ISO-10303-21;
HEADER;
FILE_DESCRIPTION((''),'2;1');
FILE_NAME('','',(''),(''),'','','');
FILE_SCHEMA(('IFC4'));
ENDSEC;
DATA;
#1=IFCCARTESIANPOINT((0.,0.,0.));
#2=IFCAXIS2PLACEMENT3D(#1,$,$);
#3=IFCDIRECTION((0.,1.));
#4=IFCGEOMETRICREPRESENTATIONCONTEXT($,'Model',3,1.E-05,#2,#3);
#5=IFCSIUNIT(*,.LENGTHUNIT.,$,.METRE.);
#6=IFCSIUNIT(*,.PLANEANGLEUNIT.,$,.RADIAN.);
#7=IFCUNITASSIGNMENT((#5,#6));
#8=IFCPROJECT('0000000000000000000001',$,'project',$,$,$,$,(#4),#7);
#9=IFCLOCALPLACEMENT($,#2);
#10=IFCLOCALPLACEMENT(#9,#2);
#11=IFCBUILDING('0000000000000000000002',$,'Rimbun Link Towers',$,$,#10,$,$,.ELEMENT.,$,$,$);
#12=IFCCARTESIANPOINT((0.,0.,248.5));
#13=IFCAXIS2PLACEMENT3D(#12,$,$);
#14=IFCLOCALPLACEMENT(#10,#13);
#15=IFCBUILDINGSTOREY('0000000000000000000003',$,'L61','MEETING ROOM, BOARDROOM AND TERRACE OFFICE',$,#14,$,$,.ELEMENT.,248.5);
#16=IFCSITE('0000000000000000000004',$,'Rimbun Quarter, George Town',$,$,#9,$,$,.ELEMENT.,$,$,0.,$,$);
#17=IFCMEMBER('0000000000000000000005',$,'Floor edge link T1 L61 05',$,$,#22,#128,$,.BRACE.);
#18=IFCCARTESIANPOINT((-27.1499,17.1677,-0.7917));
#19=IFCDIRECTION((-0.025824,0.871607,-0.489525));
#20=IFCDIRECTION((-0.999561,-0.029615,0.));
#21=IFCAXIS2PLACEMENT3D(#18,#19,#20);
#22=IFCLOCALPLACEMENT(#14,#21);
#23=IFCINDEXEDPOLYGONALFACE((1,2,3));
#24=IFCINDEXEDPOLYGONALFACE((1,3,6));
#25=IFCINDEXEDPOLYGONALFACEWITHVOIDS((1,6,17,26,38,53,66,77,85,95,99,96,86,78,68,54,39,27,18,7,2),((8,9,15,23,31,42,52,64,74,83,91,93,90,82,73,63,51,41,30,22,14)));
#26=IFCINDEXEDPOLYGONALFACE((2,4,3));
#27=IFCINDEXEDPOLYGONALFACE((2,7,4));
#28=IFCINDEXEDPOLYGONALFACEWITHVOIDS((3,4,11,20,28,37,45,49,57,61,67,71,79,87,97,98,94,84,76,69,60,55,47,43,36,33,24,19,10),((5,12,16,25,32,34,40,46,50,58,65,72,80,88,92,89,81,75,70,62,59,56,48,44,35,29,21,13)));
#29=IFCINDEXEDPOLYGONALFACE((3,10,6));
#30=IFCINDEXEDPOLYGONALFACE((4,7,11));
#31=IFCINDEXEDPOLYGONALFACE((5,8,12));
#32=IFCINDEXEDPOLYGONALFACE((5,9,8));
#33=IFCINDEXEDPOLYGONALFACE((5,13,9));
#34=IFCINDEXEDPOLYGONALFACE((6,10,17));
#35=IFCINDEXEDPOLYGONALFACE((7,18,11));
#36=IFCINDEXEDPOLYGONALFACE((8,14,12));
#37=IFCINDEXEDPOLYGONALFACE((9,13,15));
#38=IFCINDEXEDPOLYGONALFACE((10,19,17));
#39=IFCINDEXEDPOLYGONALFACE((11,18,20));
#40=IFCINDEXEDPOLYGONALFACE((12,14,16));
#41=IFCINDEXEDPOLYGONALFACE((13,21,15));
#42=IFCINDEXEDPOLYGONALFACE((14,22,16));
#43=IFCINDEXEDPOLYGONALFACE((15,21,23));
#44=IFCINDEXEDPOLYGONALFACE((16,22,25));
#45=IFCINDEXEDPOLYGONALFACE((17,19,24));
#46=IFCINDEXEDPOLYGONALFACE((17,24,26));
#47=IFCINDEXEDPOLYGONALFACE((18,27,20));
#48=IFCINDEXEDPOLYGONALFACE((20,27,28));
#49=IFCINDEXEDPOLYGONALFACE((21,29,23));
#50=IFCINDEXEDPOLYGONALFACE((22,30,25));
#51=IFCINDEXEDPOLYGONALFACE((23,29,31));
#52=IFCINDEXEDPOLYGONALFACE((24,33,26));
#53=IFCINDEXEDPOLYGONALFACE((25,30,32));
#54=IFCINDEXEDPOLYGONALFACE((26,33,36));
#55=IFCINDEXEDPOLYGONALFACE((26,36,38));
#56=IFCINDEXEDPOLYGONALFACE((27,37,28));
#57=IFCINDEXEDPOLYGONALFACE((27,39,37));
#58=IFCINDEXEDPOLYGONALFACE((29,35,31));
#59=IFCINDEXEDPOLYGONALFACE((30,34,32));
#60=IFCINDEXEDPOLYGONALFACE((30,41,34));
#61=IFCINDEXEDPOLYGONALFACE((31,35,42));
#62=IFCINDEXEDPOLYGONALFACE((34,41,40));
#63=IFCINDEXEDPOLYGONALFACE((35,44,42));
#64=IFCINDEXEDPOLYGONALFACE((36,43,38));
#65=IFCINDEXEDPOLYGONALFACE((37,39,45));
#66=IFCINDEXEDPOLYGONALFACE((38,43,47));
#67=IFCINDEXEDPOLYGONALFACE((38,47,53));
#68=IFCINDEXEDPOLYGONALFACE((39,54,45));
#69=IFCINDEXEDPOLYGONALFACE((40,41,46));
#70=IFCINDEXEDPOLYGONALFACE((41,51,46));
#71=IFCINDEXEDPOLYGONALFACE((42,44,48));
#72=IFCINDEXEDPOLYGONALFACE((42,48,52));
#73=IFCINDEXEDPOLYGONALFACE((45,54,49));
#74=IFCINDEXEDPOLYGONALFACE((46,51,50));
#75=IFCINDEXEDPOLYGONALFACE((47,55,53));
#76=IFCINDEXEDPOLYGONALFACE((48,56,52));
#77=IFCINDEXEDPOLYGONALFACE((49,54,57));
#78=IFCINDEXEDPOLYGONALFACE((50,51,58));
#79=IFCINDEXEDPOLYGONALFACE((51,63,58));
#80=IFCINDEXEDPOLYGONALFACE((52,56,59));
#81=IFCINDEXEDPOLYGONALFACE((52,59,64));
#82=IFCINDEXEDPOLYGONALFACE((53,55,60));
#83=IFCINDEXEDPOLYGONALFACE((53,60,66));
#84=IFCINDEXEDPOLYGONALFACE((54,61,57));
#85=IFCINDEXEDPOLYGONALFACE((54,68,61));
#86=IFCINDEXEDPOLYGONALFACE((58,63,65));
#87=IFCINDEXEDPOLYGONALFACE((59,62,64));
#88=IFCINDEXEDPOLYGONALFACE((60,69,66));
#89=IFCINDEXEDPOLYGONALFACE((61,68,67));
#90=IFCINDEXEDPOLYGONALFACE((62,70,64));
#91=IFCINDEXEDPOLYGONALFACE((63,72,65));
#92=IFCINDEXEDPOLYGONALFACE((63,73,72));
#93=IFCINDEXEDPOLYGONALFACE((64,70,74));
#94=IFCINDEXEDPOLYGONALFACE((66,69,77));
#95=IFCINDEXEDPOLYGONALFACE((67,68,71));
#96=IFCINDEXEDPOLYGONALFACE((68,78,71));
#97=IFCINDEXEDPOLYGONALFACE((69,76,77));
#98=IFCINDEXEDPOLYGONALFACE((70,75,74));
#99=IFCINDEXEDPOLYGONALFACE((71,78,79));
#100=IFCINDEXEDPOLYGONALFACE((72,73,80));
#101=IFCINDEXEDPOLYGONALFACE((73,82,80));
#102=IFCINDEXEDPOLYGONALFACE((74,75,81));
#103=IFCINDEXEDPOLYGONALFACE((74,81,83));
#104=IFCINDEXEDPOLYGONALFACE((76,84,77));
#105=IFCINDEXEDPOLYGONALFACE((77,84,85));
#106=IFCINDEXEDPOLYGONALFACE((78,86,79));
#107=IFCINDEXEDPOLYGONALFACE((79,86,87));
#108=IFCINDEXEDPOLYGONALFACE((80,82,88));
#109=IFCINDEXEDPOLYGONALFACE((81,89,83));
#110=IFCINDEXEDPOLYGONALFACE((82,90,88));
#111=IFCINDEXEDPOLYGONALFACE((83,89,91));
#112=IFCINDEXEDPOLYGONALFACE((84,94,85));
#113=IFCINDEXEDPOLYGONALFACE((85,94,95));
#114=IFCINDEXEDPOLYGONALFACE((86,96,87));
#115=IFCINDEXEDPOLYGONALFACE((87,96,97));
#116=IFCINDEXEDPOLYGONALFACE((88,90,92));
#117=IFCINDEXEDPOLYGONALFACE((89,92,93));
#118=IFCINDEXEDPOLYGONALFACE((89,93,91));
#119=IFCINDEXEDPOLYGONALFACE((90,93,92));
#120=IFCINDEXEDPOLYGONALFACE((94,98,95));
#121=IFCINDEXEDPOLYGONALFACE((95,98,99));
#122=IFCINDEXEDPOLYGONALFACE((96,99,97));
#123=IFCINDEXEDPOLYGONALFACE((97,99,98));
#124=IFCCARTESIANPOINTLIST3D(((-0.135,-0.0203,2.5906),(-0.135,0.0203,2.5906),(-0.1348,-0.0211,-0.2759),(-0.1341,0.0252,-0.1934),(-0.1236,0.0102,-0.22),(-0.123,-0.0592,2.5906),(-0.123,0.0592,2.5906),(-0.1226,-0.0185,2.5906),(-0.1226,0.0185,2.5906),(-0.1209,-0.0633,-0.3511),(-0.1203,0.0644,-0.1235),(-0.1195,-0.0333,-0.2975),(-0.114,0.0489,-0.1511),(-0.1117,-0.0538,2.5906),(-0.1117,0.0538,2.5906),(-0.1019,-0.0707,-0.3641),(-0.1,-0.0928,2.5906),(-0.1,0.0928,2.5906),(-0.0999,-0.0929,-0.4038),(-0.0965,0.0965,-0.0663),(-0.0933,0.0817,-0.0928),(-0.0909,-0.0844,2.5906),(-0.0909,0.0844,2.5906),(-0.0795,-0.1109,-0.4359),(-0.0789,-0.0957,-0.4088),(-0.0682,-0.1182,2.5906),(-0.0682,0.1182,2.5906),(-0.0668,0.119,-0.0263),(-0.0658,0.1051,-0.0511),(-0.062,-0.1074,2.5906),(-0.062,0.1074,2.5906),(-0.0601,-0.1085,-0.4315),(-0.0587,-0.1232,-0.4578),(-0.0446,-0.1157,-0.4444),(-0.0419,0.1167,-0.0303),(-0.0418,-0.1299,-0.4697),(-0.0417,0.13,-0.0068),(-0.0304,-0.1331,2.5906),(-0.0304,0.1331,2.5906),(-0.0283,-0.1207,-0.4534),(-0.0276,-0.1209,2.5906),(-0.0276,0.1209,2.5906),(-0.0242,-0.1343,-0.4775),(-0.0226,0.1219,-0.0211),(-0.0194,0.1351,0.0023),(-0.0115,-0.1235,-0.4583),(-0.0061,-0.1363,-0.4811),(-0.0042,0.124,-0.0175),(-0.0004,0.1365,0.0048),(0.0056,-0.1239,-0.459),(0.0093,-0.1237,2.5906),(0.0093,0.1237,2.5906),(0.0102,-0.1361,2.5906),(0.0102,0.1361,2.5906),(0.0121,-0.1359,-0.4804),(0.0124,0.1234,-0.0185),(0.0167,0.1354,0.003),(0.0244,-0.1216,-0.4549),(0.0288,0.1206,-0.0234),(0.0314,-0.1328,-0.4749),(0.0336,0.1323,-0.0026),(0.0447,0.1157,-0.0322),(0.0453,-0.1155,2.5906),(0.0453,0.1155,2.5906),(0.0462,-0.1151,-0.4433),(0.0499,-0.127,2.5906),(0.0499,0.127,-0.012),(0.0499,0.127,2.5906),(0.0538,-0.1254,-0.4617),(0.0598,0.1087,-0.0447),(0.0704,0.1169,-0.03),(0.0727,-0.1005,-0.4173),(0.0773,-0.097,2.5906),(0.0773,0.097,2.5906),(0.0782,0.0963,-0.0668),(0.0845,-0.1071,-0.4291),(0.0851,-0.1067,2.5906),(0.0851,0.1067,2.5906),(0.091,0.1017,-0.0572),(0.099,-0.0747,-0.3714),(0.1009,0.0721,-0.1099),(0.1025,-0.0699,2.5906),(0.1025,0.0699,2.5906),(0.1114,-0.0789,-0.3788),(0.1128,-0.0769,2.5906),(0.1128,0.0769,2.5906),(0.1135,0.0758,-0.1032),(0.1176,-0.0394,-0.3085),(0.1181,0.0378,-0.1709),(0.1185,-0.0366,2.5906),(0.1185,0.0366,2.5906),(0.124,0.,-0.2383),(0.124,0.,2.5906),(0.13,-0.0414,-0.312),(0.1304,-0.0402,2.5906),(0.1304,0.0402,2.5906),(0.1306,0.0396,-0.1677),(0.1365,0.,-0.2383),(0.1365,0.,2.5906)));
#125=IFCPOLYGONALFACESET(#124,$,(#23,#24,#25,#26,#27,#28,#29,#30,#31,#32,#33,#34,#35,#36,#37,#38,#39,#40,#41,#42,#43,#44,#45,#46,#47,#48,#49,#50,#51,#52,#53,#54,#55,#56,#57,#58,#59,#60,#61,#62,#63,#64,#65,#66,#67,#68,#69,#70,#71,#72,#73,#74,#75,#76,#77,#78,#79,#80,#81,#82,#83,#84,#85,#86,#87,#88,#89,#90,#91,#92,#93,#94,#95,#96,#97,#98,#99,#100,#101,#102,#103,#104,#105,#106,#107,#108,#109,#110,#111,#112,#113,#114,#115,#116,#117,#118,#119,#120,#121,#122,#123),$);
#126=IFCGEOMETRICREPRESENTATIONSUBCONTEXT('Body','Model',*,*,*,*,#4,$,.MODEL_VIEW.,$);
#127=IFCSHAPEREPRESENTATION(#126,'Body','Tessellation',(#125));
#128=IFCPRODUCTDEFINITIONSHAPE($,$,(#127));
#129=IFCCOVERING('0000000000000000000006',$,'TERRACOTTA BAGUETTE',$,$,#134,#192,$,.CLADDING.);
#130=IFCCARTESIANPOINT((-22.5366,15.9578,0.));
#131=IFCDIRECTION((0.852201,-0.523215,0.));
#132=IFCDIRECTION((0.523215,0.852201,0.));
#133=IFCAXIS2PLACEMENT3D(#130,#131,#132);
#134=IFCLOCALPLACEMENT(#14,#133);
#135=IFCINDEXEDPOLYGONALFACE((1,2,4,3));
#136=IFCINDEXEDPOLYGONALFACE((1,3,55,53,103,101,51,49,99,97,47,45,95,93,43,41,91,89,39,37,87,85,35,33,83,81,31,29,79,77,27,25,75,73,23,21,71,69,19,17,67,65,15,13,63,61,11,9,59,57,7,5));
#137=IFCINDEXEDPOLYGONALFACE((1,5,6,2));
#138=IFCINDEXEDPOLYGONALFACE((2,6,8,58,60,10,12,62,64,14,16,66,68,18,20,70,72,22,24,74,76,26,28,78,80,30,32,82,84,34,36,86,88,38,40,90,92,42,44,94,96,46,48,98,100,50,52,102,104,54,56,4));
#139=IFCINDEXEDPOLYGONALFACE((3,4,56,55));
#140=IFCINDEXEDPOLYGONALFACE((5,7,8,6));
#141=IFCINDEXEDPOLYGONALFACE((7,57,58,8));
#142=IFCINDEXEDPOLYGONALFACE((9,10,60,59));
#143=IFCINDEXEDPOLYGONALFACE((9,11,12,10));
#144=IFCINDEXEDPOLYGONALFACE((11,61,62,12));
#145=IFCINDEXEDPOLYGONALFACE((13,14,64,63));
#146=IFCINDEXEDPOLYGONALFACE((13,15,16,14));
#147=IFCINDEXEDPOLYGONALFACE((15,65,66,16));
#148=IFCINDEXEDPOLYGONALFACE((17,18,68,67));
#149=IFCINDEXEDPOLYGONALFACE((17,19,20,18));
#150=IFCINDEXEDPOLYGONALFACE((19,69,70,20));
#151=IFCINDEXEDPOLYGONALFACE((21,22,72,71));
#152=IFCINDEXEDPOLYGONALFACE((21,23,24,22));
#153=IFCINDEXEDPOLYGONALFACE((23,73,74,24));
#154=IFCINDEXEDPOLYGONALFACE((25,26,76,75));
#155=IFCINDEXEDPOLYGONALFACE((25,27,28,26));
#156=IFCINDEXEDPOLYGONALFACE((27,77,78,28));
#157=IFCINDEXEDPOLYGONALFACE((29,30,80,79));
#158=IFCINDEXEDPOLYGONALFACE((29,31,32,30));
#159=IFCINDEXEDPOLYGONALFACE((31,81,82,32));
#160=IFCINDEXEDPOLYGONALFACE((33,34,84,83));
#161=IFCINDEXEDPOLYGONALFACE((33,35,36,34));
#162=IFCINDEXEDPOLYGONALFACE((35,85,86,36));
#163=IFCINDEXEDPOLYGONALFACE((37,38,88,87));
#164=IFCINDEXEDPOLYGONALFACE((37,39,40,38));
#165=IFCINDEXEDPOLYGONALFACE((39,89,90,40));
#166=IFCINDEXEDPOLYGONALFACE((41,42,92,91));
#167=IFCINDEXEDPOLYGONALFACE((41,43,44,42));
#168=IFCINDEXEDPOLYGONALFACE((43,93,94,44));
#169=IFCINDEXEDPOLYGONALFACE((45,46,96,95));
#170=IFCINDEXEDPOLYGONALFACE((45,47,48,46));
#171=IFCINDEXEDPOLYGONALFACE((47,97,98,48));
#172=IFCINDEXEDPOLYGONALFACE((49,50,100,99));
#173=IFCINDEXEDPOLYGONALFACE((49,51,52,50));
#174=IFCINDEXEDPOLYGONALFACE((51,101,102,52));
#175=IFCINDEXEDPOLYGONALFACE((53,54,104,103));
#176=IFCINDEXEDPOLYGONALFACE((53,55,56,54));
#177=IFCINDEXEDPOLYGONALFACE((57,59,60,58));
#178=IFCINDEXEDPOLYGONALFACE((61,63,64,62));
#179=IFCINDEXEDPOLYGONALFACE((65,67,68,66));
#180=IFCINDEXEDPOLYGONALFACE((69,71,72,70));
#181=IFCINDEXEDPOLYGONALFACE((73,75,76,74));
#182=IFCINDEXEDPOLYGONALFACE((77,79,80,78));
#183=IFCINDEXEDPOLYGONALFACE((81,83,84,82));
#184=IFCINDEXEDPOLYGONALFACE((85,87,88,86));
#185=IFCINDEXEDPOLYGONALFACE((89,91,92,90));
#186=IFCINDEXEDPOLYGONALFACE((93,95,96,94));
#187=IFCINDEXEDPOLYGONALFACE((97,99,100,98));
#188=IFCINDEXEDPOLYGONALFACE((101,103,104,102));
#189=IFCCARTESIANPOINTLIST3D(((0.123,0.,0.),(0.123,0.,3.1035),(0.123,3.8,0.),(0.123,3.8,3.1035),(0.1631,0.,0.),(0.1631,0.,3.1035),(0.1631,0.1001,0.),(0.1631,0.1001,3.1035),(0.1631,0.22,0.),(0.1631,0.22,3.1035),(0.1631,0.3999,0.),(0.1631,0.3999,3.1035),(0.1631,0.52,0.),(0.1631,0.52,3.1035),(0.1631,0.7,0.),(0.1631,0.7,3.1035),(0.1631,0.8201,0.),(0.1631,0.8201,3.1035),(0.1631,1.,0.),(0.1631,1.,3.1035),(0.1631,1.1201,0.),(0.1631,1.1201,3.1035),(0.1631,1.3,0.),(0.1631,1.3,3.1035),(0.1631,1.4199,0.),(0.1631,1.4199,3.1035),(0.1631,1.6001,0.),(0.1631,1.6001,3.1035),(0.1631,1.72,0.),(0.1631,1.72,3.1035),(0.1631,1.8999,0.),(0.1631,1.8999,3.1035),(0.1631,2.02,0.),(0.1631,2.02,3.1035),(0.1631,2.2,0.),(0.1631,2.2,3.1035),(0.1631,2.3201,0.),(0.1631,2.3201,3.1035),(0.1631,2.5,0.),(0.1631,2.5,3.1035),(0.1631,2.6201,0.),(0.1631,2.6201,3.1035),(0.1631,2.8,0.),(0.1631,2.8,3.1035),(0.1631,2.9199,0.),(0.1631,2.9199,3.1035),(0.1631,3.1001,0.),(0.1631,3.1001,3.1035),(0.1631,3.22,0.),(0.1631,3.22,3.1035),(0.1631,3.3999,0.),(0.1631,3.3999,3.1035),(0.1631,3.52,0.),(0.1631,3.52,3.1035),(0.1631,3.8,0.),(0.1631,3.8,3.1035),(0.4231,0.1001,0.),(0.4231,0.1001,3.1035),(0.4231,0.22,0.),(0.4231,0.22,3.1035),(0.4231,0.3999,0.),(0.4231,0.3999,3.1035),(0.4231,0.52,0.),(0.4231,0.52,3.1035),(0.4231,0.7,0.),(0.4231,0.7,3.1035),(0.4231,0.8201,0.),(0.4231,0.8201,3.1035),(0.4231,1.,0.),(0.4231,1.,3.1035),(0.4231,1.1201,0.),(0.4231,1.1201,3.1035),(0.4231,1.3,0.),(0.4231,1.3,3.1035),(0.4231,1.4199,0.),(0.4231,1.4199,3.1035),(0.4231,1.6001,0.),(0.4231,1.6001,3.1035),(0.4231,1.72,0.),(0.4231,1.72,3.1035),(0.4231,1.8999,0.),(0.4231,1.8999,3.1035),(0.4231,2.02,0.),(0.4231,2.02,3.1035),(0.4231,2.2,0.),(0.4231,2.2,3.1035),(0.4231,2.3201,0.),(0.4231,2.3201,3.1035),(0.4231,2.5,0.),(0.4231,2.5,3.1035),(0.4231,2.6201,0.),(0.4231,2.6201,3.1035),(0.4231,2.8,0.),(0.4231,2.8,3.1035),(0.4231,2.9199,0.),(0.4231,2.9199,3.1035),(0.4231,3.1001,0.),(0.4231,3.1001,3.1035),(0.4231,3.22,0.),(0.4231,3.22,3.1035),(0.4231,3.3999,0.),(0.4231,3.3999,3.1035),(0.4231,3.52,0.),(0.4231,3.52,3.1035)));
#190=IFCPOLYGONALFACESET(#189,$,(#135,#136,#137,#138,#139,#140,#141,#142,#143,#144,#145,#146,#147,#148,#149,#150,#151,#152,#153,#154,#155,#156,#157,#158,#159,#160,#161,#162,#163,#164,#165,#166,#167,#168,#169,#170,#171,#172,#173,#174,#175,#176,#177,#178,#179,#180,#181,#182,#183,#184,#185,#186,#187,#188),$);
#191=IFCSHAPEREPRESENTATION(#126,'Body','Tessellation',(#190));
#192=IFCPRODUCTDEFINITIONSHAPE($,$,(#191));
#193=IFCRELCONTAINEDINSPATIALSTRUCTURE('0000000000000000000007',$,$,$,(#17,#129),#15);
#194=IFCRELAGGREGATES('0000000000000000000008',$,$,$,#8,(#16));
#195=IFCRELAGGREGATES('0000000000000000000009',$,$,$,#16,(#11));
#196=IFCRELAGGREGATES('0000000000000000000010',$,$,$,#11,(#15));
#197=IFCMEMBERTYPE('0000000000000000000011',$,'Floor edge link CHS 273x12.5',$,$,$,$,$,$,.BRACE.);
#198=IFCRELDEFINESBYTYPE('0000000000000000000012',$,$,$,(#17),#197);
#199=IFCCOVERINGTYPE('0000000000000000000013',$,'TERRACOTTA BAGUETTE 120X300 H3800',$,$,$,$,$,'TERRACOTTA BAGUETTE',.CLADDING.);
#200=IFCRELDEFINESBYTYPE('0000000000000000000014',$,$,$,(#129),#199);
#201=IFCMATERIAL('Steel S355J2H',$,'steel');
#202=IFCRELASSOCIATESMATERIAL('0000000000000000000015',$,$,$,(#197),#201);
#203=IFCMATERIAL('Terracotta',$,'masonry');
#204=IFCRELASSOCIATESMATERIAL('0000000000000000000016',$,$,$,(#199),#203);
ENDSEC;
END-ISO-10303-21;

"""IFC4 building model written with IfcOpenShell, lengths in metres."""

from ifc_helpers import new_model, si_unit, direction, frame, origin, origin_2d, place, context, subcontext, project, spatial, polyline, hollow_circle, outline, extrude, clip, halfspace, material, material_profile, profile_set, type_object, element, save


model = new_model("IFC4")

# Units and contexts
model_context = context("Model", 3, precision=1e-05, world=origin(), true_north=direction((0.0, 1.0)))
body_context = subcontext(model_context, "Body", "Model", "MODEL_VIEW")
ifc_project = project(units=[si_unit("LENGTHUNIT", "METRE"), si_unit("PLANEANGLEUNIT", "RADIAN")], contexts=[model_context])

# Site, building, storey
site_placement = place(None, origin())
site = spatial("IfcSite", under=ifc_project, at=site_placement, Name="Rimbun Quarter, George Town", CompositionType="ELEMENT", RefElevation=0.0)
building_placement = place(site_placement, origin())
building = spatial("IfcBuilding", under=site, at=building_placement, Name="Rimbun Link Towers", CompositionType="ELEMENT")
storey_placement = place(building_placement, frame((0.0, 0.0, 248.5)))
storey = spatial("IfcBuildingStorey", under=building, at=storey_placement, Name="L61", Description="MEETING ROOM, BOARDROOM AND TERRACE OFFICE", CompositionType="ELEMENT", Elevation=248.5)

# Member
ifc_material_1 = material(Name="Steel S355J2H", Category="steel")
ifc_material_profile_1 = material_profile(ifc_material_1, hollow_circle(Radius=0.1365, WallThickness=0.0125, at=origin_2d()), Name="CHS 273x12.5")
ifc_profile_set_1 = profile_set([ifc_material_profile_1], Name="Steel S355J2H")
member_type_1 = type_object("IfcMemberType", Name="Floor edge link CHS 273x12.5", PredefinedType="BRACE", material=ifc_profile_set_1)
member_1_placement = place(storey_placement, frame((-27.1499, 17.1677, -0.7917), z_axis=(-0.025824, 0.871607, -0.489525), x_axis=(-0.999561, -0.029615, 0.0)))
element("IfcMember", 1, at=member_1_placement, inside=storey, type_object=member_type_1, Name="Floor edge link T1 L61 05", PredefinedType="BRACE", context=body_context, shape_type="Clipping", body=[
    clip(extrude(hollow_circle(Radius=0.1365, WallThickness=0.0125, at=origin_2d()), frame((0.0, 0.0, -0.5066)), (0.0, 0.0, 1.0), 3.0972), halfspace(frame((0.0, 0.0, -0.2383), z_axis=(0.0, 0.871989, -0.489525)), False)),
])

# Covering
ifc_material_2 = material(Name="Terracotta", Category="masonry")
ifc_material_profile_2 = material_profile(ifc_material_2, outline(polyline([(0.123, 0.0), (0.1631, 0.0), (0.1631, 0.1001), (0.4231, 0.1001), (0.4231, 0.22), (0.1631, 0.22), (0.1631, 0.3999), (0.4231, 0.3999), (0.4231, 0.52), (0.1631, 0.52), (0.1631, 0.7), (0.4231, 0.7), (0.4231, 0.8201), (0.1631, 0.8201), (0.1631, 1.0), (0.4231, 1.0), (0.4231, 1.1201), (0.1631, 1.1201), (0.1631, 1.3), (0.4231, 1.3), (0.4231, 1.4199), (0.1631, 1.4199), (0.1631, 1.6001), (0.4231, 1.6001), (0.4231, 1.72), (0.1631, 1.72), (0.1631, 1.8999), (0.4231, 1.8999), (0.4231, 2.02), (0.1631, 2.02), (0.1631, 2.2), (0.4231, 2.2), (0.4231, 2.3201), (0.1631, 2.3201), (0.1631, 2.5), (0.4231, 2.5), (0.4231, 2.6201), (0.1631, 2.6201), (0.1631, 2.8), (0.4231, 2.8), (0.4231, 2.9199), (0.1631, 2.9199), (0.1631, 3.1001), (0.4231, 3.1001), (0.4231, 3.22), (0.1631, 3.22), (0.1631, 3.3999), (0.4231, 3.3999), (0.4231, 3.52), (0.1631, 3.52), (0.1631, 3.8), (0.123, 3.8), (0.123, 0.0)])), Name="BAGUETTE 120X300")
ifc_profile_set_2 = profile_set([ifc_material_profile_2], Name="Terracotta")
covering_type = type_object("IfcCoveringType", Name="TERRACOTTA BAGUETTE 120X300 H3800", ElementType="TERRACOTTA BAGUETTE", PredefinedType="CLADDING", material=ifc_profile_set_2)
covering_1_placement = place(storey_placement, frame((-22.5366, 15.9578, 0.0), z_axis=(0.852201, -0.523215, 0.0), x_axis=(0.523215, 0.852201, 0.0)))
element("IfcCovering", 2, at=covering_1_placement, inside=storey, type_object=covering_type, Name="TERRACOTTA BAGUETTE", PredefinedType="CLADDING", context=body_context, shape_type="SweptSolid", body=[
    extrude(outline(polyline([(0.123, 0.0), (0.1631, 0.0), (0.1631, 0.1001), (0.4231, 0.1001), (0.4231, 0.22), (0.1631, 0.22), (0.1631, 0.3999), (0.4231, 0.3999), (0.4231, 0.52), (0.1631, 0.52), (0.1631, 0.7), (0.4231, 0.7), (0.4231, 0.8201), (0.1631, 0.8201), (0.1631, 1.0), (0.4231, 1.0), (0.4231, 1.1201), (0.1631, 1.1201), (0.1631, 1.3), (0.4231, 1.3), (0.4231, 1.4199), (0.1631, 1.4199), (0.1631, 1.6001), (0.4231, 1.6001), (0.4231, 1.72), (0.1631, 1.72), (0.1631, 1.8999), (0.4231, 1.8999), (0.4231, 2.02), (0.1631, 2.02), (0.1631, 2.2), (0.4231, 2.2), (0.4231, 2.3201), (0.1631, 2.3201), (0.1631, 2.5), (0.4231, 2.5), (0.4231, 2.6201), (0.1631, 2.6201), (0.1631, 2.8), (0.4231, 2.8), (0.4231, 2.9199), (0.1631, 2.9199), (0.1631, 3.1001), (0.4231, 3.1001), (0.4231, 3.22), (0.1631, 3.22), (0.1631, 3.3999), (0.4231, 3.3999), (0.4231, 3.52), (0.1631, 3.52), (0.1631, 3.8), (0.123, 3.8), (0.123, 0.0)])), origin(), (0.0, 0.0, 1.0), 3.1035),
])

save(model, "model.ifc")
